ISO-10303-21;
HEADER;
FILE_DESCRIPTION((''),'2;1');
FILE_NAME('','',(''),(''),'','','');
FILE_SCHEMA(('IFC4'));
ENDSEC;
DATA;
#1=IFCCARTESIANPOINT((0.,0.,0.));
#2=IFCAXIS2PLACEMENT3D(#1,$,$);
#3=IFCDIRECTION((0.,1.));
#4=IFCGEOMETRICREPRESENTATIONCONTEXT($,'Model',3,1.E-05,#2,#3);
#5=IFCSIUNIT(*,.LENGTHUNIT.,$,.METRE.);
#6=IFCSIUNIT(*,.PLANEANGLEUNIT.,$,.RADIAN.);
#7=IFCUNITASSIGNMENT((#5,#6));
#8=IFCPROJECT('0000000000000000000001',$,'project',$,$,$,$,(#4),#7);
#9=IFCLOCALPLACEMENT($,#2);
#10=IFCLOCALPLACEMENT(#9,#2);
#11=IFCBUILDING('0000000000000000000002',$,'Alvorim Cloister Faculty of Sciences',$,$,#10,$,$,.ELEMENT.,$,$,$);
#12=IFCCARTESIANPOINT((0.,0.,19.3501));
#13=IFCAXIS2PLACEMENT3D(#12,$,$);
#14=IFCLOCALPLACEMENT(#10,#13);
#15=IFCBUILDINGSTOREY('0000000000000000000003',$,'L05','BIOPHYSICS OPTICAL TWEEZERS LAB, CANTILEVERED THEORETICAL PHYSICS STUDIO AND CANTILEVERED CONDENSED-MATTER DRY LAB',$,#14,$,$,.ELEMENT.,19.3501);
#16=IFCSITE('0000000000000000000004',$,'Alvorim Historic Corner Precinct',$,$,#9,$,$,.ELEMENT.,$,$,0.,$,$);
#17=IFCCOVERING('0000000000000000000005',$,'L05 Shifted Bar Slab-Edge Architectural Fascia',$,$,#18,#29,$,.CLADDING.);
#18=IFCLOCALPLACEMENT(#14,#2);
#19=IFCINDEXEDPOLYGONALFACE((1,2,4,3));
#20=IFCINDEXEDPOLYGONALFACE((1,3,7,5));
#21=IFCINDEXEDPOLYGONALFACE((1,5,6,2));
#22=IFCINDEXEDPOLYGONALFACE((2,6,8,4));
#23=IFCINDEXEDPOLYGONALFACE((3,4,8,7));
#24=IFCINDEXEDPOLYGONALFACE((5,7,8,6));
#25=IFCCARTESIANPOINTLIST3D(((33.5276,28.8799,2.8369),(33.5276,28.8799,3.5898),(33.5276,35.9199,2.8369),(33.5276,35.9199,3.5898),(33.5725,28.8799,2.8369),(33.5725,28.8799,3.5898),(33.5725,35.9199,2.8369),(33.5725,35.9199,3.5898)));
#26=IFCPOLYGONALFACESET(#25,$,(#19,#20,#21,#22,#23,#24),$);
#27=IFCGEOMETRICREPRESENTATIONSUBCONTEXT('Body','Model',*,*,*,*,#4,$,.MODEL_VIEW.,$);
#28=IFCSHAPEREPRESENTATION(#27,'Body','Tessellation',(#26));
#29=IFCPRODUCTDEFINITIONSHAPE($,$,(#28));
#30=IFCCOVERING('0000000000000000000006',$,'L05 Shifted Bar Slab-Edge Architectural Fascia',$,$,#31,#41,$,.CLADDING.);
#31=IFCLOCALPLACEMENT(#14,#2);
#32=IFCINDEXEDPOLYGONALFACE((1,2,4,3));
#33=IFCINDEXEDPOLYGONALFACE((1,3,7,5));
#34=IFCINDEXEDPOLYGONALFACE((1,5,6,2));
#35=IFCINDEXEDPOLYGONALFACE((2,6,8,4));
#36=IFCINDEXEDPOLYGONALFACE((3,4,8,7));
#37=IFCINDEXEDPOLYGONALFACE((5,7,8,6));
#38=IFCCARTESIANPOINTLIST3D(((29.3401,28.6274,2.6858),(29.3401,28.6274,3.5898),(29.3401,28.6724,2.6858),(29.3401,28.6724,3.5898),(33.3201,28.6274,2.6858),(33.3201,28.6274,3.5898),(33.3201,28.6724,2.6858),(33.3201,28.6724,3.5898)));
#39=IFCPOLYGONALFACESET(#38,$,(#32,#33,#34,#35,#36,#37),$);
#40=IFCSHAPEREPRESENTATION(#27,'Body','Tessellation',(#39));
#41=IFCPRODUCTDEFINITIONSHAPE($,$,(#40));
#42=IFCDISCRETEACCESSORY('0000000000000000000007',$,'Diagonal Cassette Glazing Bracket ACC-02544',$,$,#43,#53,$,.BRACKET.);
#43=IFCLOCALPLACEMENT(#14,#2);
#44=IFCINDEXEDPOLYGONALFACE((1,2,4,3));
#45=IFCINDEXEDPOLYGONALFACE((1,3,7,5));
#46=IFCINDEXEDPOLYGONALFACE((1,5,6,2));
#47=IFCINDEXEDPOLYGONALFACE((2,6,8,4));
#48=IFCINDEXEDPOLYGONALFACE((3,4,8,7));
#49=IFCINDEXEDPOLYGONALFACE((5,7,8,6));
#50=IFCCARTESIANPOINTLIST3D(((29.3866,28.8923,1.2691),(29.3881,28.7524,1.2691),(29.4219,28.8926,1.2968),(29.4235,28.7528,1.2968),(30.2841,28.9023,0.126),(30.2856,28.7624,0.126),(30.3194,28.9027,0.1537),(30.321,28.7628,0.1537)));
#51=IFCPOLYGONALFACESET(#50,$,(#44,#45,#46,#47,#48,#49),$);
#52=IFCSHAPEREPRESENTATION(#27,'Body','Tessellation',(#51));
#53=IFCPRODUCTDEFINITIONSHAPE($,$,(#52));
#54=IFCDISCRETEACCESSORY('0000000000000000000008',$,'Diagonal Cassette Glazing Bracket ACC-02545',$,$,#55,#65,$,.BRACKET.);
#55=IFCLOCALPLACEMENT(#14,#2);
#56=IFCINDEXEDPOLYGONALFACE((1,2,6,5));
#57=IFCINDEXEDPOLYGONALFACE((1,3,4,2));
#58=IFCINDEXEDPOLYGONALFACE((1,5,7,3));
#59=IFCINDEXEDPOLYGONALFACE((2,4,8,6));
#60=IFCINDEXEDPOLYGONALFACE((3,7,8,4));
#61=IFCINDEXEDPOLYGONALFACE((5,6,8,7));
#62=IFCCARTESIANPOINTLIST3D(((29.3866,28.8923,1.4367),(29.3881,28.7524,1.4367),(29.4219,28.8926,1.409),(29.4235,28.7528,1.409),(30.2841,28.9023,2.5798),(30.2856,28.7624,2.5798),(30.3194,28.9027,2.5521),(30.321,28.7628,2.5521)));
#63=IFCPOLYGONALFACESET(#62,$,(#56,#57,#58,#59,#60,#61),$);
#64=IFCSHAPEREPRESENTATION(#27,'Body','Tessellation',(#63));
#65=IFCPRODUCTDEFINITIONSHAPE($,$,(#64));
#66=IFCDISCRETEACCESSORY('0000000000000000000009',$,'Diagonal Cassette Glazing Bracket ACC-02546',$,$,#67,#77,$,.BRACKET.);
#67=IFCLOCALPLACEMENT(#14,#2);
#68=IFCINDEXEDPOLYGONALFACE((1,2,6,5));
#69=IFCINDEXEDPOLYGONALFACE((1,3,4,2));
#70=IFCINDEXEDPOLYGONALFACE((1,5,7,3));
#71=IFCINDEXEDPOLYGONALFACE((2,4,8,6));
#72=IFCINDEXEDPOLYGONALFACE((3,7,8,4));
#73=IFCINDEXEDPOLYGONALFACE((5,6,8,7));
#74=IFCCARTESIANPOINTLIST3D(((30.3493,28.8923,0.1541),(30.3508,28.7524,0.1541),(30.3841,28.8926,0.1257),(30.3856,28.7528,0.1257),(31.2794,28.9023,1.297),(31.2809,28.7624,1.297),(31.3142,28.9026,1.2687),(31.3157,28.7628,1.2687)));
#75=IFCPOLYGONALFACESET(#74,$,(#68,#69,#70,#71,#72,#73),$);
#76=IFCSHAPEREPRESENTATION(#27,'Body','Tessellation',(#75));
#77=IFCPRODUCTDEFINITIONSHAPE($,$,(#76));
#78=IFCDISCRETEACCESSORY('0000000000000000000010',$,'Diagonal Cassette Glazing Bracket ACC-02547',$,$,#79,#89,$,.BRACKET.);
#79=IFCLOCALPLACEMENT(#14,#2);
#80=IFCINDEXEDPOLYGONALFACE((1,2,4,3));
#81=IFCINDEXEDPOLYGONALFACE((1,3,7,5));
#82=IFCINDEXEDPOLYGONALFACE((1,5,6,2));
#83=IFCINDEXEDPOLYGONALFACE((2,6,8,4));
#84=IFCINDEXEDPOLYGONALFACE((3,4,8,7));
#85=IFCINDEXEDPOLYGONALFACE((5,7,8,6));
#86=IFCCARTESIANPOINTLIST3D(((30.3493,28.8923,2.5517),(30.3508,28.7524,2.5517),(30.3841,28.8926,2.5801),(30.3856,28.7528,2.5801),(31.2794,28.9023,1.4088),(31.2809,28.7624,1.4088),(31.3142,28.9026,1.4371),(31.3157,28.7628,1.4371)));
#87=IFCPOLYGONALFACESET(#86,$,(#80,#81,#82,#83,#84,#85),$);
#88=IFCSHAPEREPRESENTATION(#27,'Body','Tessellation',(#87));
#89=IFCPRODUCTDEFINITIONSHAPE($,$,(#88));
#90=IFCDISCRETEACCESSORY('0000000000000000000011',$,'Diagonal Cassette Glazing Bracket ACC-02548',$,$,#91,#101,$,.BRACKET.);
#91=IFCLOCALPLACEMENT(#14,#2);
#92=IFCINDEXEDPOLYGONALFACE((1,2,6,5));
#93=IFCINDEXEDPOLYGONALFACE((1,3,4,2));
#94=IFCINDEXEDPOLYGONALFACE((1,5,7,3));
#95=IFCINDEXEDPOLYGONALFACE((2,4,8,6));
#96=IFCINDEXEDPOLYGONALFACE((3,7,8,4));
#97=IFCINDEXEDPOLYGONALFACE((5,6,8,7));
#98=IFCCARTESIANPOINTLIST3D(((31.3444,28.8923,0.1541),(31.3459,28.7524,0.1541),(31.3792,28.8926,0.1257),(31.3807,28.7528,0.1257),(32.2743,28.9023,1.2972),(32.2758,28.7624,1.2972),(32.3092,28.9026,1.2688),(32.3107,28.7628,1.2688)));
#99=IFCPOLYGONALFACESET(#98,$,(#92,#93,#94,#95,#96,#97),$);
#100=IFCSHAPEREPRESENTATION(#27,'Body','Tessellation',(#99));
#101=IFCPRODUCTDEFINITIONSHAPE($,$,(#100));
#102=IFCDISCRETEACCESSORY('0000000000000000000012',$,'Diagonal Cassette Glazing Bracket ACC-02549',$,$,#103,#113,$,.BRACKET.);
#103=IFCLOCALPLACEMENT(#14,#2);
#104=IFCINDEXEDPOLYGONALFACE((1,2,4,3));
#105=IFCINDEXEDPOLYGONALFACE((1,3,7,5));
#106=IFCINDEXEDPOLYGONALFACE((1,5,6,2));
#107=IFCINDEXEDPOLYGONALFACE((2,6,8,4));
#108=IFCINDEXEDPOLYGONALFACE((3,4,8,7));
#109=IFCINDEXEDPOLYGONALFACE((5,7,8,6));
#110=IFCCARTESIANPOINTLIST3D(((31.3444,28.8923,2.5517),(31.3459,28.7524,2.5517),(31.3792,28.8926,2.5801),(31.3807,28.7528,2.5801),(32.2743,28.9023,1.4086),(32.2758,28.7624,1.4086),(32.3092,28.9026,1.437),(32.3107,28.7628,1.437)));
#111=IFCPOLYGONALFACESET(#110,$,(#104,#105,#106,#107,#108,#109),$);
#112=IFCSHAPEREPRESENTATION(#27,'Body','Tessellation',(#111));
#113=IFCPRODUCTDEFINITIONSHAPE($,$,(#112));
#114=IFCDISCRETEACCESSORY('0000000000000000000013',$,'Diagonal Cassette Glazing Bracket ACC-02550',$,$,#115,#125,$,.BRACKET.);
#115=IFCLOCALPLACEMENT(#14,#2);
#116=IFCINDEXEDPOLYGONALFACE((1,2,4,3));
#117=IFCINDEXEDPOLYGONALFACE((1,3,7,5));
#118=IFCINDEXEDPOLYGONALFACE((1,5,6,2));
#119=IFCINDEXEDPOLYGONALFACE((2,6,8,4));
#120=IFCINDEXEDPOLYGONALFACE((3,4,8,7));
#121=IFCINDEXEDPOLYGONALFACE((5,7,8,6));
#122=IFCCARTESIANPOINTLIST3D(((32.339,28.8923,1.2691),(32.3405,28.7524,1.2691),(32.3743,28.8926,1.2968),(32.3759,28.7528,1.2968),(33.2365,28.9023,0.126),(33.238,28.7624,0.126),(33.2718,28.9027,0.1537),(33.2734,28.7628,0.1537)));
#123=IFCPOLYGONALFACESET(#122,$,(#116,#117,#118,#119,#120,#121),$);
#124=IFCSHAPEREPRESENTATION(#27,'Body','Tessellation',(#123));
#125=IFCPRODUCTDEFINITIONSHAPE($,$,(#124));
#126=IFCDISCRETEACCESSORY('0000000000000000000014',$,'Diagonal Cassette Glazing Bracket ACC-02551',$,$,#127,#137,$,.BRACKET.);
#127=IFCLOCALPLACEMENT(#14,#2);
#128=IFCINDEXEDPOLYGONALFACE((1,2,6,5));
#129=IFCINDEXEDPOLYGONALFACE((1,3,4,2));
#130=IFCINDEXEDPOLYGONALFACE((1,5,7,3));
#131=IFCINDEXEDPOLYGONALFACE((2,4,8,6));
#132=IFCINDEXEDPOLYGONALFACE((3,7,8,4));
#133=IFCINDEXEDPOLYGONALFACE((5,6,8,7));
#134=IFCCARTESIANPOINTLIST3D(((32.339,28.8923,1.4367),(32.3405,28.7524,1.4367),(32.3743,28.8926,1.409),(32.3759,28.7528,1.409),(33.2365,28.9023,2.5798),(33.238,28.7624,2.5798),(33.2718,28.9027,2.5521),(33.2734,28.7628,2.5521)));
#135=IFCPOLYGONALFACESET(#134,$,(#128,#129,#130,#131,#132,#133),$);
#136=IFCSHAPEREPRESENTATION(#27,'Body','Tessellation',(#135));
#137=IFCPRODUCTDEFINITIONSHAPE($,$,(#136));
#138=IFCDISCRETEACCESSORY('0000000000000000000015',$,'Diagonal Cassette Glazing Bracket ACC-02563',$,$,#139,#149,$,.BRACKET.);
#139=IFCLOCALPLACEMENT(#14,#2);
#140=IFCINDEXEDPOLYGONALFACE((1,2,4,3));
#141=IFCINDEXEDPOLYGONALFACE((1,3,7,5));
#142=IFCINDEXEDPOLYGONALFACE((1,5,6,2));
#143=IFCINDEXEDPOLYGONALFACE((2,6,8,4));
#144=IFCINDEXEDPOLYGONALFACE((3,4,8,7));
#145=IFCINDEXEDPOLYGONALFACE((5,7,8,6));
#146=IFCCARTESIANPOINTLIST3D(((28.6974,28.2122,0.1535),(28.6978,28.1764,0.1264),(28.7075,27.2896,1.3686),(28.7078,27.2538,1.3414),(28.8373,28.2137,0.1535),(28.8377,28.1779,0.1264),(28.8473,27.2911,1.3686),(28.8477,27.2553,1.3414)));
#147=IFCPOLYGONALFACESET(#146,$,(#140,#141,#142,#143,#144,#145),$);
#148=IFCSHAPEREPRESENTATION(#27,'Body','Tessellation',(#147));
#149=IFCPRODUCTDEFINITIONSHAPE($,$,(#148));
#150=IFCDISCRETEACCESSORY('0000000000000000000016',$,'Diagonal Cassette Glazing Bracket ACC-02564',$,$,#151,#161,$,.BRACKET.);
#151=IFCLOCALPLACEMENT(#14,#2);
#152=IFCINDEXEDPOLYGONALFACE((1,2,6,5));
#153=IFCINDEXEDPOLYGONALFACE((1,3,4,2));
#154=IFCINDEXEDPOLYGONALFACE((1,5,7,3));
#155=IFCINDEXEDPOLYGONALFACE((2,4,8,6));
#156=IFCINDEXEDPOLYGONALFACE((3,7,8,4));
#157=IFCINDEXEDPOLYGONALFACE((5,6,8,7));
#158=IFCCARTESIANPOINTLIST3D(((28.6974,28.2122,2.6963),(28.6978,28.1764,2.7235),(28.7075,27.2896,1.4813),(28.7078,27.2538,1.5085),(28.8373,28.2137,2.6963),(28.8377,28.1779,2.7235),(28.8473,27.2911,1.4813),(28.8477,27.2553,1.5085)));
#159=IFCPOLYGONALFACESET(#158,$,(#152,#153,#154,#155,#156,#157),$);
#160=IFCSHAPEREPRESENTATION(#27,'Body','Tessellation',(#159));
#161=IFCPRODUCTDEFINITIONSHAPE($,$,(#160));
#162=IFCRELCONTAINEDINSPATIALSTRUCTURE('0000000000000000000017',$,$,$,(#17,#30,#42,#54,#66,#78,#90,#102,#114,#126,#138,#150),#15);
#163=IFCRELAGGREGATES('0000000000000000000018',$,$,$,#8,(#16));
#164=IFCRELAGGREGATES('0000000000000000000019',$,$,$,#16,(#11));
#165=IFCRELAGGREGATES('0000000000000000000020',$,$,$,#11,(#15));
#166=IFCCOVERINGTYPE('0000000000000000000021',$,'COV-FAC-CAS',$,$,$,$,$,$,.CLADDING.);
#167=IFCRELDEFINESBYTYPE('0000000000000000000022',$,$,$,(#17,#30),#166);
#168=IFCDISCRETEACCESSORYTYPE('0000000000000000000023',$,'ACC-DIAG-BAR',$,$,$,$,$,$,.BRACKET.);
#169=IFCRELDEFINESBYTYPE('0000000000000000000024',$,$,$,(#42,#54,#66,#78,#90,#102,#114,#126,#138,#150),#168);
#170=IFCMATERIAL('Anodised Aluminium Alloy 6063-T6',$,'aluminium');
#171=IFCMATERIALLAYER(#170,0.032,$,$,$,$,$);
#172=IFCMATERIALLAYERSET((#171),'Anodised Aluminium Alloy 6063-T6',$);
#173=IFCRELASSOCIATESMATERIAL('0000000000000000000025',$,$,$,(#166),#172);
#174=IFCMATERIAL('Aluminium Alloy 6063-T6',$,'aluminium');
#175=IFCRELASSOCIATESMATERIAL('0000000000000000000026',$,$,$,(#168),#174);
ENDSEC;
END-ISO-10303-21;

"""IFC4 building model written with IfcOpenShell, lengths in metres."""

from ifc_helpers import new_model, si_unit, direction, frame, origin, origin_2d, place, context, subcontext, project, spatial, polyline, rectangle, outline, extrude, material, layer, layer_set, type_object, element, save


model = new_model("IFC4")

# Units and contexts
model_context = context("Model", 3, precision=1e-05, world=origin(), true_north=direction((0.0, 1.0)))
body_context = subcontext(model_context, "Body", "Model", "MODEL_VIEW")
ifc_project = project(units=[si_unit("LENGTHUNIT", "METRE"), si_unit("PLANEANGLEUNIT", "RADIAN")], contexts=[model_context])

# Site, building, storey
site_placement = place(None, origin())
site = spatial("IfcSite", under=ifc_project, at=site_placement, Name="Alvorim Historic Corner Precinct", CompositionType="ELEMENT", RefElevation=0.0)
building_placement = place(site_placement, origin())
building = spatial("IfcBuilding", under=site, at=building_placement, Name="Alvorim Cloister Faculty of Sciences", CompositionType="ELEMENT")
storey_placement = place(building_placement, frame((0.0, 0.0, 19.3501)))
storey = spatial("IfcBuildingStorey", under=building, at=storey_placement, Name="L05", Description="BIOPHYSICS OPTICAL TWEEZERS LAB, CANTILEVERED THEORETICAL PHYSICS STUDIO AND CANTILEVERED CONDENSED-MATTER DRY LAB", CompositionType="ELEMENT", Elevation=19.3501)

# Shared definitions
ifc_material_1 = material(Name="Aluminium Alloy 6063-T6", Category="aluminium")

# Coverings
ifc_material_2 = material(Name="Anodised Aluminium Alloy 6063-T6", Category="aluminium")
ifc_layer_1 = layer(ifc_material_2, 0.032)
ifc_layer_set_1 = layer_set([ifc_layer_1], Name="Anodised Aluminium Alloy 6063-T6")
covering_type = type_object("IfcCoveringType", Name="COV-FAC-CAS", PredefinedType="CLADDING", material=ifc_layer_set_1)
covering_1_placement = place(storey_placement, frame((33.55, 28.8799, 2.8369), z_axis=(0.0, 0.0, 1.0), x_axis=(0.0, 1.0, 0.0)))
element("IfcCovering", 1, at=covering_1_placement, inside=storey, type_object=covering_type, Name="L05 Shifted Bar Slab-Edge Architectural Fascia", PredefinedType="CLADDING", context=body_context, shape_type="SweptSolid", body=[
    extrude(outline(polyline([(0.0, 0.0), (7.04, 0.0), (7.04, 0.7529), (0.0, 0.7529), (0.0, 0.0)])), frame((0.0, 0.0225, 0.0), z_axis=(0.0, -1.0, 0.0), x_axis=(1.0, 0.0, 0.0)), (0.0, 0.0, 1.0), 0.0449),
])
covering_2_placement = place(storey_placement, frame((29.3401, 28.6499, 2.6858), z_axis=(0.0, 0.0, 1.0), x_axis=(1.0, 0.0, 0.0)))
element("IfcCovering", 2, at=covering_2_placement, inside=storey, type_object=covering_type, Name="L05 Shifted Bar Slab-Edge Architectural Fascia", PredefinedType="CLADDING", context=body_context, shape_type="SweptSolid", body=[
    extrude(outline(polyline([(0.0, 0.0), (3.98, 0.0), (3.98, 0.9041), (0.0, 0.9041), (0.0, 0.0)])), frame((0.0, 0.0225, 0.0), z_axis=(0.0, -1.0, 0.0), x_axis=(1.0, 0.0, 0.0)), (0.0, 0.0, 1.0), 0.0449),
])

# Discrete accessories
discrete_accessory_type = type_object("IfcDiscreteAccessoryType", Name="ACC-DIAG-BAR", PredefinedType="BRACKET", material=ifc_material_1)
for number, where, z_axis, x_axis, name in (
    (3, (29.405, 28.8225, 1.283), (0.617525, 0.006888, -0.786521), (-0.011153, 0.999938, 0.0), "Diagonal Cassette Glazing Bracket ACC-02544"),
    (4, (29.405, 28.8225, 1.4229), (0.617525, 0.006888, 0.786521), (-0.011153, 0.999938, 0.0), "Diagonal Cassette Glazing Bracket ACC-02545"),
):
    element("IfcDiscreteAccessory", number, at=place(storey_placement, frame(where, z_axis=z_axis, x_axis=x_axis)), inside=storey, type_object=discrete_accessory_type, Name=name, PredefinedType="BRACKET", context=body_context, shape_type="SweptSolid", body=[
        extrude(rectangle(XDim=0.1399, YDim=0.0449, at=origin_2d()), origin(), (0.0, 0.0, 1.0), 1.4534),
    ])
for number, where, z_axis, x_axis, name in (
    (5, (30.3674, 28.8225, 0.1399), (0.631164, 0.006792, 0.77562), (-0.010761, 0.999942, 0.0), "Diagonal Cassette Glazing Bracket ACC-02546"),
    (6, (30.3674, 28.8225, 2.5659), (0.631164, 0.006792, -0.77562), (-0.010761, 0.999942, 0.0), "Diagonal Cassette Glazing Bracket ACC-02547"),
    (7, (31.3625, 28.8225, 0.1399), (0.631064, 0.006793, 0.775701), (-0.010763, 0.999942, 0.0), "Diagonal Cassette Glazing Bracket ACC-02548"),
    (8, (31.3625, 28.8225, 2.5659), (0.631064, 0.006793, -0.775701), (-0.010763, 0.999942, 0.0), "Diagonal Cassette Glazing Bracket ACC-02549"),
):
    element("IfcDiscreteAccessory", number, at=place(storey_placement, frame(where, z_axis=z_axis, x_axis=x_axis)), inside=storey, type_object=discrete_accessory_type, Name=name, PredefinedType="BRACKET", context=body_context, shape_type="SweptSolid", body=[
        extrude(rectangle(XDim=0.1399, YDim=0.0449, at=origin_2d()), origin(), (0.0, 0.0, 1.0), 1.4736),
    ])
for number, where, z_axis, x_axis, name in (
    (9, (32.3574, 28.8225, 1.283), (0.617525, 0.006888, -0.786521), (-0.011153, 0.999938, 0.0), "Diagonal Cassette Glazing Bracket ACC-02550"),
    (10, (32.3574, 28.8225, 1.4229), (0.617525, 0.006888, 0.786521), (-0.011153, 0.999938, 0.0), "Diagonal Cassette Glazing Bracket ACC-02551"),
):
    element("IfcDiscreteAccessory", number, at=place(storey_placement, frame(where, z_axis=z_axis, x_axis=x_axis)), inside=storey, type_object=discrete_accessory_type, Name=name, PredefinedType="BRACKET", context=body_context, shape_type="SweptSolid", body=[
        extrude(rectangle(XDim=0.1399, YDim=0.0449, at=origin_2d()), origin(), (0.0, 0.0, 1.0), 1.4534),
    ])
for number, where, z_axis, x_axis, name in (
    (11, (28.7776, 27.2725, 1.355), (-0.006561, 0.604713, -0.796416), (-0.999941, -0.010849, 0.0), "Diagonal Cassette Glazing Bracket ACC-02563"),
    (12, (28.7776, 27.2725, 1.4949), (-0.006561, 0.604713, 0.796416), (-0.999941, -0.010849, 0.0), "Diagonal Cassette Glazing Bracket ACC-02564"),
):
    element("IfcDiscreteAccessory", number, at=place(storey_placement, frame(where, z_axis=z_axis, x_axis=x_axis)), inside=storey, type_object=discrete_accessory_type, Name=name, PredefinedType="BRACKET", context=body_context, shape_type="SweptSolid", body=[
        extrude(rectangle(XDim=0.1399, YDim=0.0449, at=origin_2d()), origin(), (0.0, 0.0, 1.0), 1.5256),
    ])

save(model, "model.ifc")
